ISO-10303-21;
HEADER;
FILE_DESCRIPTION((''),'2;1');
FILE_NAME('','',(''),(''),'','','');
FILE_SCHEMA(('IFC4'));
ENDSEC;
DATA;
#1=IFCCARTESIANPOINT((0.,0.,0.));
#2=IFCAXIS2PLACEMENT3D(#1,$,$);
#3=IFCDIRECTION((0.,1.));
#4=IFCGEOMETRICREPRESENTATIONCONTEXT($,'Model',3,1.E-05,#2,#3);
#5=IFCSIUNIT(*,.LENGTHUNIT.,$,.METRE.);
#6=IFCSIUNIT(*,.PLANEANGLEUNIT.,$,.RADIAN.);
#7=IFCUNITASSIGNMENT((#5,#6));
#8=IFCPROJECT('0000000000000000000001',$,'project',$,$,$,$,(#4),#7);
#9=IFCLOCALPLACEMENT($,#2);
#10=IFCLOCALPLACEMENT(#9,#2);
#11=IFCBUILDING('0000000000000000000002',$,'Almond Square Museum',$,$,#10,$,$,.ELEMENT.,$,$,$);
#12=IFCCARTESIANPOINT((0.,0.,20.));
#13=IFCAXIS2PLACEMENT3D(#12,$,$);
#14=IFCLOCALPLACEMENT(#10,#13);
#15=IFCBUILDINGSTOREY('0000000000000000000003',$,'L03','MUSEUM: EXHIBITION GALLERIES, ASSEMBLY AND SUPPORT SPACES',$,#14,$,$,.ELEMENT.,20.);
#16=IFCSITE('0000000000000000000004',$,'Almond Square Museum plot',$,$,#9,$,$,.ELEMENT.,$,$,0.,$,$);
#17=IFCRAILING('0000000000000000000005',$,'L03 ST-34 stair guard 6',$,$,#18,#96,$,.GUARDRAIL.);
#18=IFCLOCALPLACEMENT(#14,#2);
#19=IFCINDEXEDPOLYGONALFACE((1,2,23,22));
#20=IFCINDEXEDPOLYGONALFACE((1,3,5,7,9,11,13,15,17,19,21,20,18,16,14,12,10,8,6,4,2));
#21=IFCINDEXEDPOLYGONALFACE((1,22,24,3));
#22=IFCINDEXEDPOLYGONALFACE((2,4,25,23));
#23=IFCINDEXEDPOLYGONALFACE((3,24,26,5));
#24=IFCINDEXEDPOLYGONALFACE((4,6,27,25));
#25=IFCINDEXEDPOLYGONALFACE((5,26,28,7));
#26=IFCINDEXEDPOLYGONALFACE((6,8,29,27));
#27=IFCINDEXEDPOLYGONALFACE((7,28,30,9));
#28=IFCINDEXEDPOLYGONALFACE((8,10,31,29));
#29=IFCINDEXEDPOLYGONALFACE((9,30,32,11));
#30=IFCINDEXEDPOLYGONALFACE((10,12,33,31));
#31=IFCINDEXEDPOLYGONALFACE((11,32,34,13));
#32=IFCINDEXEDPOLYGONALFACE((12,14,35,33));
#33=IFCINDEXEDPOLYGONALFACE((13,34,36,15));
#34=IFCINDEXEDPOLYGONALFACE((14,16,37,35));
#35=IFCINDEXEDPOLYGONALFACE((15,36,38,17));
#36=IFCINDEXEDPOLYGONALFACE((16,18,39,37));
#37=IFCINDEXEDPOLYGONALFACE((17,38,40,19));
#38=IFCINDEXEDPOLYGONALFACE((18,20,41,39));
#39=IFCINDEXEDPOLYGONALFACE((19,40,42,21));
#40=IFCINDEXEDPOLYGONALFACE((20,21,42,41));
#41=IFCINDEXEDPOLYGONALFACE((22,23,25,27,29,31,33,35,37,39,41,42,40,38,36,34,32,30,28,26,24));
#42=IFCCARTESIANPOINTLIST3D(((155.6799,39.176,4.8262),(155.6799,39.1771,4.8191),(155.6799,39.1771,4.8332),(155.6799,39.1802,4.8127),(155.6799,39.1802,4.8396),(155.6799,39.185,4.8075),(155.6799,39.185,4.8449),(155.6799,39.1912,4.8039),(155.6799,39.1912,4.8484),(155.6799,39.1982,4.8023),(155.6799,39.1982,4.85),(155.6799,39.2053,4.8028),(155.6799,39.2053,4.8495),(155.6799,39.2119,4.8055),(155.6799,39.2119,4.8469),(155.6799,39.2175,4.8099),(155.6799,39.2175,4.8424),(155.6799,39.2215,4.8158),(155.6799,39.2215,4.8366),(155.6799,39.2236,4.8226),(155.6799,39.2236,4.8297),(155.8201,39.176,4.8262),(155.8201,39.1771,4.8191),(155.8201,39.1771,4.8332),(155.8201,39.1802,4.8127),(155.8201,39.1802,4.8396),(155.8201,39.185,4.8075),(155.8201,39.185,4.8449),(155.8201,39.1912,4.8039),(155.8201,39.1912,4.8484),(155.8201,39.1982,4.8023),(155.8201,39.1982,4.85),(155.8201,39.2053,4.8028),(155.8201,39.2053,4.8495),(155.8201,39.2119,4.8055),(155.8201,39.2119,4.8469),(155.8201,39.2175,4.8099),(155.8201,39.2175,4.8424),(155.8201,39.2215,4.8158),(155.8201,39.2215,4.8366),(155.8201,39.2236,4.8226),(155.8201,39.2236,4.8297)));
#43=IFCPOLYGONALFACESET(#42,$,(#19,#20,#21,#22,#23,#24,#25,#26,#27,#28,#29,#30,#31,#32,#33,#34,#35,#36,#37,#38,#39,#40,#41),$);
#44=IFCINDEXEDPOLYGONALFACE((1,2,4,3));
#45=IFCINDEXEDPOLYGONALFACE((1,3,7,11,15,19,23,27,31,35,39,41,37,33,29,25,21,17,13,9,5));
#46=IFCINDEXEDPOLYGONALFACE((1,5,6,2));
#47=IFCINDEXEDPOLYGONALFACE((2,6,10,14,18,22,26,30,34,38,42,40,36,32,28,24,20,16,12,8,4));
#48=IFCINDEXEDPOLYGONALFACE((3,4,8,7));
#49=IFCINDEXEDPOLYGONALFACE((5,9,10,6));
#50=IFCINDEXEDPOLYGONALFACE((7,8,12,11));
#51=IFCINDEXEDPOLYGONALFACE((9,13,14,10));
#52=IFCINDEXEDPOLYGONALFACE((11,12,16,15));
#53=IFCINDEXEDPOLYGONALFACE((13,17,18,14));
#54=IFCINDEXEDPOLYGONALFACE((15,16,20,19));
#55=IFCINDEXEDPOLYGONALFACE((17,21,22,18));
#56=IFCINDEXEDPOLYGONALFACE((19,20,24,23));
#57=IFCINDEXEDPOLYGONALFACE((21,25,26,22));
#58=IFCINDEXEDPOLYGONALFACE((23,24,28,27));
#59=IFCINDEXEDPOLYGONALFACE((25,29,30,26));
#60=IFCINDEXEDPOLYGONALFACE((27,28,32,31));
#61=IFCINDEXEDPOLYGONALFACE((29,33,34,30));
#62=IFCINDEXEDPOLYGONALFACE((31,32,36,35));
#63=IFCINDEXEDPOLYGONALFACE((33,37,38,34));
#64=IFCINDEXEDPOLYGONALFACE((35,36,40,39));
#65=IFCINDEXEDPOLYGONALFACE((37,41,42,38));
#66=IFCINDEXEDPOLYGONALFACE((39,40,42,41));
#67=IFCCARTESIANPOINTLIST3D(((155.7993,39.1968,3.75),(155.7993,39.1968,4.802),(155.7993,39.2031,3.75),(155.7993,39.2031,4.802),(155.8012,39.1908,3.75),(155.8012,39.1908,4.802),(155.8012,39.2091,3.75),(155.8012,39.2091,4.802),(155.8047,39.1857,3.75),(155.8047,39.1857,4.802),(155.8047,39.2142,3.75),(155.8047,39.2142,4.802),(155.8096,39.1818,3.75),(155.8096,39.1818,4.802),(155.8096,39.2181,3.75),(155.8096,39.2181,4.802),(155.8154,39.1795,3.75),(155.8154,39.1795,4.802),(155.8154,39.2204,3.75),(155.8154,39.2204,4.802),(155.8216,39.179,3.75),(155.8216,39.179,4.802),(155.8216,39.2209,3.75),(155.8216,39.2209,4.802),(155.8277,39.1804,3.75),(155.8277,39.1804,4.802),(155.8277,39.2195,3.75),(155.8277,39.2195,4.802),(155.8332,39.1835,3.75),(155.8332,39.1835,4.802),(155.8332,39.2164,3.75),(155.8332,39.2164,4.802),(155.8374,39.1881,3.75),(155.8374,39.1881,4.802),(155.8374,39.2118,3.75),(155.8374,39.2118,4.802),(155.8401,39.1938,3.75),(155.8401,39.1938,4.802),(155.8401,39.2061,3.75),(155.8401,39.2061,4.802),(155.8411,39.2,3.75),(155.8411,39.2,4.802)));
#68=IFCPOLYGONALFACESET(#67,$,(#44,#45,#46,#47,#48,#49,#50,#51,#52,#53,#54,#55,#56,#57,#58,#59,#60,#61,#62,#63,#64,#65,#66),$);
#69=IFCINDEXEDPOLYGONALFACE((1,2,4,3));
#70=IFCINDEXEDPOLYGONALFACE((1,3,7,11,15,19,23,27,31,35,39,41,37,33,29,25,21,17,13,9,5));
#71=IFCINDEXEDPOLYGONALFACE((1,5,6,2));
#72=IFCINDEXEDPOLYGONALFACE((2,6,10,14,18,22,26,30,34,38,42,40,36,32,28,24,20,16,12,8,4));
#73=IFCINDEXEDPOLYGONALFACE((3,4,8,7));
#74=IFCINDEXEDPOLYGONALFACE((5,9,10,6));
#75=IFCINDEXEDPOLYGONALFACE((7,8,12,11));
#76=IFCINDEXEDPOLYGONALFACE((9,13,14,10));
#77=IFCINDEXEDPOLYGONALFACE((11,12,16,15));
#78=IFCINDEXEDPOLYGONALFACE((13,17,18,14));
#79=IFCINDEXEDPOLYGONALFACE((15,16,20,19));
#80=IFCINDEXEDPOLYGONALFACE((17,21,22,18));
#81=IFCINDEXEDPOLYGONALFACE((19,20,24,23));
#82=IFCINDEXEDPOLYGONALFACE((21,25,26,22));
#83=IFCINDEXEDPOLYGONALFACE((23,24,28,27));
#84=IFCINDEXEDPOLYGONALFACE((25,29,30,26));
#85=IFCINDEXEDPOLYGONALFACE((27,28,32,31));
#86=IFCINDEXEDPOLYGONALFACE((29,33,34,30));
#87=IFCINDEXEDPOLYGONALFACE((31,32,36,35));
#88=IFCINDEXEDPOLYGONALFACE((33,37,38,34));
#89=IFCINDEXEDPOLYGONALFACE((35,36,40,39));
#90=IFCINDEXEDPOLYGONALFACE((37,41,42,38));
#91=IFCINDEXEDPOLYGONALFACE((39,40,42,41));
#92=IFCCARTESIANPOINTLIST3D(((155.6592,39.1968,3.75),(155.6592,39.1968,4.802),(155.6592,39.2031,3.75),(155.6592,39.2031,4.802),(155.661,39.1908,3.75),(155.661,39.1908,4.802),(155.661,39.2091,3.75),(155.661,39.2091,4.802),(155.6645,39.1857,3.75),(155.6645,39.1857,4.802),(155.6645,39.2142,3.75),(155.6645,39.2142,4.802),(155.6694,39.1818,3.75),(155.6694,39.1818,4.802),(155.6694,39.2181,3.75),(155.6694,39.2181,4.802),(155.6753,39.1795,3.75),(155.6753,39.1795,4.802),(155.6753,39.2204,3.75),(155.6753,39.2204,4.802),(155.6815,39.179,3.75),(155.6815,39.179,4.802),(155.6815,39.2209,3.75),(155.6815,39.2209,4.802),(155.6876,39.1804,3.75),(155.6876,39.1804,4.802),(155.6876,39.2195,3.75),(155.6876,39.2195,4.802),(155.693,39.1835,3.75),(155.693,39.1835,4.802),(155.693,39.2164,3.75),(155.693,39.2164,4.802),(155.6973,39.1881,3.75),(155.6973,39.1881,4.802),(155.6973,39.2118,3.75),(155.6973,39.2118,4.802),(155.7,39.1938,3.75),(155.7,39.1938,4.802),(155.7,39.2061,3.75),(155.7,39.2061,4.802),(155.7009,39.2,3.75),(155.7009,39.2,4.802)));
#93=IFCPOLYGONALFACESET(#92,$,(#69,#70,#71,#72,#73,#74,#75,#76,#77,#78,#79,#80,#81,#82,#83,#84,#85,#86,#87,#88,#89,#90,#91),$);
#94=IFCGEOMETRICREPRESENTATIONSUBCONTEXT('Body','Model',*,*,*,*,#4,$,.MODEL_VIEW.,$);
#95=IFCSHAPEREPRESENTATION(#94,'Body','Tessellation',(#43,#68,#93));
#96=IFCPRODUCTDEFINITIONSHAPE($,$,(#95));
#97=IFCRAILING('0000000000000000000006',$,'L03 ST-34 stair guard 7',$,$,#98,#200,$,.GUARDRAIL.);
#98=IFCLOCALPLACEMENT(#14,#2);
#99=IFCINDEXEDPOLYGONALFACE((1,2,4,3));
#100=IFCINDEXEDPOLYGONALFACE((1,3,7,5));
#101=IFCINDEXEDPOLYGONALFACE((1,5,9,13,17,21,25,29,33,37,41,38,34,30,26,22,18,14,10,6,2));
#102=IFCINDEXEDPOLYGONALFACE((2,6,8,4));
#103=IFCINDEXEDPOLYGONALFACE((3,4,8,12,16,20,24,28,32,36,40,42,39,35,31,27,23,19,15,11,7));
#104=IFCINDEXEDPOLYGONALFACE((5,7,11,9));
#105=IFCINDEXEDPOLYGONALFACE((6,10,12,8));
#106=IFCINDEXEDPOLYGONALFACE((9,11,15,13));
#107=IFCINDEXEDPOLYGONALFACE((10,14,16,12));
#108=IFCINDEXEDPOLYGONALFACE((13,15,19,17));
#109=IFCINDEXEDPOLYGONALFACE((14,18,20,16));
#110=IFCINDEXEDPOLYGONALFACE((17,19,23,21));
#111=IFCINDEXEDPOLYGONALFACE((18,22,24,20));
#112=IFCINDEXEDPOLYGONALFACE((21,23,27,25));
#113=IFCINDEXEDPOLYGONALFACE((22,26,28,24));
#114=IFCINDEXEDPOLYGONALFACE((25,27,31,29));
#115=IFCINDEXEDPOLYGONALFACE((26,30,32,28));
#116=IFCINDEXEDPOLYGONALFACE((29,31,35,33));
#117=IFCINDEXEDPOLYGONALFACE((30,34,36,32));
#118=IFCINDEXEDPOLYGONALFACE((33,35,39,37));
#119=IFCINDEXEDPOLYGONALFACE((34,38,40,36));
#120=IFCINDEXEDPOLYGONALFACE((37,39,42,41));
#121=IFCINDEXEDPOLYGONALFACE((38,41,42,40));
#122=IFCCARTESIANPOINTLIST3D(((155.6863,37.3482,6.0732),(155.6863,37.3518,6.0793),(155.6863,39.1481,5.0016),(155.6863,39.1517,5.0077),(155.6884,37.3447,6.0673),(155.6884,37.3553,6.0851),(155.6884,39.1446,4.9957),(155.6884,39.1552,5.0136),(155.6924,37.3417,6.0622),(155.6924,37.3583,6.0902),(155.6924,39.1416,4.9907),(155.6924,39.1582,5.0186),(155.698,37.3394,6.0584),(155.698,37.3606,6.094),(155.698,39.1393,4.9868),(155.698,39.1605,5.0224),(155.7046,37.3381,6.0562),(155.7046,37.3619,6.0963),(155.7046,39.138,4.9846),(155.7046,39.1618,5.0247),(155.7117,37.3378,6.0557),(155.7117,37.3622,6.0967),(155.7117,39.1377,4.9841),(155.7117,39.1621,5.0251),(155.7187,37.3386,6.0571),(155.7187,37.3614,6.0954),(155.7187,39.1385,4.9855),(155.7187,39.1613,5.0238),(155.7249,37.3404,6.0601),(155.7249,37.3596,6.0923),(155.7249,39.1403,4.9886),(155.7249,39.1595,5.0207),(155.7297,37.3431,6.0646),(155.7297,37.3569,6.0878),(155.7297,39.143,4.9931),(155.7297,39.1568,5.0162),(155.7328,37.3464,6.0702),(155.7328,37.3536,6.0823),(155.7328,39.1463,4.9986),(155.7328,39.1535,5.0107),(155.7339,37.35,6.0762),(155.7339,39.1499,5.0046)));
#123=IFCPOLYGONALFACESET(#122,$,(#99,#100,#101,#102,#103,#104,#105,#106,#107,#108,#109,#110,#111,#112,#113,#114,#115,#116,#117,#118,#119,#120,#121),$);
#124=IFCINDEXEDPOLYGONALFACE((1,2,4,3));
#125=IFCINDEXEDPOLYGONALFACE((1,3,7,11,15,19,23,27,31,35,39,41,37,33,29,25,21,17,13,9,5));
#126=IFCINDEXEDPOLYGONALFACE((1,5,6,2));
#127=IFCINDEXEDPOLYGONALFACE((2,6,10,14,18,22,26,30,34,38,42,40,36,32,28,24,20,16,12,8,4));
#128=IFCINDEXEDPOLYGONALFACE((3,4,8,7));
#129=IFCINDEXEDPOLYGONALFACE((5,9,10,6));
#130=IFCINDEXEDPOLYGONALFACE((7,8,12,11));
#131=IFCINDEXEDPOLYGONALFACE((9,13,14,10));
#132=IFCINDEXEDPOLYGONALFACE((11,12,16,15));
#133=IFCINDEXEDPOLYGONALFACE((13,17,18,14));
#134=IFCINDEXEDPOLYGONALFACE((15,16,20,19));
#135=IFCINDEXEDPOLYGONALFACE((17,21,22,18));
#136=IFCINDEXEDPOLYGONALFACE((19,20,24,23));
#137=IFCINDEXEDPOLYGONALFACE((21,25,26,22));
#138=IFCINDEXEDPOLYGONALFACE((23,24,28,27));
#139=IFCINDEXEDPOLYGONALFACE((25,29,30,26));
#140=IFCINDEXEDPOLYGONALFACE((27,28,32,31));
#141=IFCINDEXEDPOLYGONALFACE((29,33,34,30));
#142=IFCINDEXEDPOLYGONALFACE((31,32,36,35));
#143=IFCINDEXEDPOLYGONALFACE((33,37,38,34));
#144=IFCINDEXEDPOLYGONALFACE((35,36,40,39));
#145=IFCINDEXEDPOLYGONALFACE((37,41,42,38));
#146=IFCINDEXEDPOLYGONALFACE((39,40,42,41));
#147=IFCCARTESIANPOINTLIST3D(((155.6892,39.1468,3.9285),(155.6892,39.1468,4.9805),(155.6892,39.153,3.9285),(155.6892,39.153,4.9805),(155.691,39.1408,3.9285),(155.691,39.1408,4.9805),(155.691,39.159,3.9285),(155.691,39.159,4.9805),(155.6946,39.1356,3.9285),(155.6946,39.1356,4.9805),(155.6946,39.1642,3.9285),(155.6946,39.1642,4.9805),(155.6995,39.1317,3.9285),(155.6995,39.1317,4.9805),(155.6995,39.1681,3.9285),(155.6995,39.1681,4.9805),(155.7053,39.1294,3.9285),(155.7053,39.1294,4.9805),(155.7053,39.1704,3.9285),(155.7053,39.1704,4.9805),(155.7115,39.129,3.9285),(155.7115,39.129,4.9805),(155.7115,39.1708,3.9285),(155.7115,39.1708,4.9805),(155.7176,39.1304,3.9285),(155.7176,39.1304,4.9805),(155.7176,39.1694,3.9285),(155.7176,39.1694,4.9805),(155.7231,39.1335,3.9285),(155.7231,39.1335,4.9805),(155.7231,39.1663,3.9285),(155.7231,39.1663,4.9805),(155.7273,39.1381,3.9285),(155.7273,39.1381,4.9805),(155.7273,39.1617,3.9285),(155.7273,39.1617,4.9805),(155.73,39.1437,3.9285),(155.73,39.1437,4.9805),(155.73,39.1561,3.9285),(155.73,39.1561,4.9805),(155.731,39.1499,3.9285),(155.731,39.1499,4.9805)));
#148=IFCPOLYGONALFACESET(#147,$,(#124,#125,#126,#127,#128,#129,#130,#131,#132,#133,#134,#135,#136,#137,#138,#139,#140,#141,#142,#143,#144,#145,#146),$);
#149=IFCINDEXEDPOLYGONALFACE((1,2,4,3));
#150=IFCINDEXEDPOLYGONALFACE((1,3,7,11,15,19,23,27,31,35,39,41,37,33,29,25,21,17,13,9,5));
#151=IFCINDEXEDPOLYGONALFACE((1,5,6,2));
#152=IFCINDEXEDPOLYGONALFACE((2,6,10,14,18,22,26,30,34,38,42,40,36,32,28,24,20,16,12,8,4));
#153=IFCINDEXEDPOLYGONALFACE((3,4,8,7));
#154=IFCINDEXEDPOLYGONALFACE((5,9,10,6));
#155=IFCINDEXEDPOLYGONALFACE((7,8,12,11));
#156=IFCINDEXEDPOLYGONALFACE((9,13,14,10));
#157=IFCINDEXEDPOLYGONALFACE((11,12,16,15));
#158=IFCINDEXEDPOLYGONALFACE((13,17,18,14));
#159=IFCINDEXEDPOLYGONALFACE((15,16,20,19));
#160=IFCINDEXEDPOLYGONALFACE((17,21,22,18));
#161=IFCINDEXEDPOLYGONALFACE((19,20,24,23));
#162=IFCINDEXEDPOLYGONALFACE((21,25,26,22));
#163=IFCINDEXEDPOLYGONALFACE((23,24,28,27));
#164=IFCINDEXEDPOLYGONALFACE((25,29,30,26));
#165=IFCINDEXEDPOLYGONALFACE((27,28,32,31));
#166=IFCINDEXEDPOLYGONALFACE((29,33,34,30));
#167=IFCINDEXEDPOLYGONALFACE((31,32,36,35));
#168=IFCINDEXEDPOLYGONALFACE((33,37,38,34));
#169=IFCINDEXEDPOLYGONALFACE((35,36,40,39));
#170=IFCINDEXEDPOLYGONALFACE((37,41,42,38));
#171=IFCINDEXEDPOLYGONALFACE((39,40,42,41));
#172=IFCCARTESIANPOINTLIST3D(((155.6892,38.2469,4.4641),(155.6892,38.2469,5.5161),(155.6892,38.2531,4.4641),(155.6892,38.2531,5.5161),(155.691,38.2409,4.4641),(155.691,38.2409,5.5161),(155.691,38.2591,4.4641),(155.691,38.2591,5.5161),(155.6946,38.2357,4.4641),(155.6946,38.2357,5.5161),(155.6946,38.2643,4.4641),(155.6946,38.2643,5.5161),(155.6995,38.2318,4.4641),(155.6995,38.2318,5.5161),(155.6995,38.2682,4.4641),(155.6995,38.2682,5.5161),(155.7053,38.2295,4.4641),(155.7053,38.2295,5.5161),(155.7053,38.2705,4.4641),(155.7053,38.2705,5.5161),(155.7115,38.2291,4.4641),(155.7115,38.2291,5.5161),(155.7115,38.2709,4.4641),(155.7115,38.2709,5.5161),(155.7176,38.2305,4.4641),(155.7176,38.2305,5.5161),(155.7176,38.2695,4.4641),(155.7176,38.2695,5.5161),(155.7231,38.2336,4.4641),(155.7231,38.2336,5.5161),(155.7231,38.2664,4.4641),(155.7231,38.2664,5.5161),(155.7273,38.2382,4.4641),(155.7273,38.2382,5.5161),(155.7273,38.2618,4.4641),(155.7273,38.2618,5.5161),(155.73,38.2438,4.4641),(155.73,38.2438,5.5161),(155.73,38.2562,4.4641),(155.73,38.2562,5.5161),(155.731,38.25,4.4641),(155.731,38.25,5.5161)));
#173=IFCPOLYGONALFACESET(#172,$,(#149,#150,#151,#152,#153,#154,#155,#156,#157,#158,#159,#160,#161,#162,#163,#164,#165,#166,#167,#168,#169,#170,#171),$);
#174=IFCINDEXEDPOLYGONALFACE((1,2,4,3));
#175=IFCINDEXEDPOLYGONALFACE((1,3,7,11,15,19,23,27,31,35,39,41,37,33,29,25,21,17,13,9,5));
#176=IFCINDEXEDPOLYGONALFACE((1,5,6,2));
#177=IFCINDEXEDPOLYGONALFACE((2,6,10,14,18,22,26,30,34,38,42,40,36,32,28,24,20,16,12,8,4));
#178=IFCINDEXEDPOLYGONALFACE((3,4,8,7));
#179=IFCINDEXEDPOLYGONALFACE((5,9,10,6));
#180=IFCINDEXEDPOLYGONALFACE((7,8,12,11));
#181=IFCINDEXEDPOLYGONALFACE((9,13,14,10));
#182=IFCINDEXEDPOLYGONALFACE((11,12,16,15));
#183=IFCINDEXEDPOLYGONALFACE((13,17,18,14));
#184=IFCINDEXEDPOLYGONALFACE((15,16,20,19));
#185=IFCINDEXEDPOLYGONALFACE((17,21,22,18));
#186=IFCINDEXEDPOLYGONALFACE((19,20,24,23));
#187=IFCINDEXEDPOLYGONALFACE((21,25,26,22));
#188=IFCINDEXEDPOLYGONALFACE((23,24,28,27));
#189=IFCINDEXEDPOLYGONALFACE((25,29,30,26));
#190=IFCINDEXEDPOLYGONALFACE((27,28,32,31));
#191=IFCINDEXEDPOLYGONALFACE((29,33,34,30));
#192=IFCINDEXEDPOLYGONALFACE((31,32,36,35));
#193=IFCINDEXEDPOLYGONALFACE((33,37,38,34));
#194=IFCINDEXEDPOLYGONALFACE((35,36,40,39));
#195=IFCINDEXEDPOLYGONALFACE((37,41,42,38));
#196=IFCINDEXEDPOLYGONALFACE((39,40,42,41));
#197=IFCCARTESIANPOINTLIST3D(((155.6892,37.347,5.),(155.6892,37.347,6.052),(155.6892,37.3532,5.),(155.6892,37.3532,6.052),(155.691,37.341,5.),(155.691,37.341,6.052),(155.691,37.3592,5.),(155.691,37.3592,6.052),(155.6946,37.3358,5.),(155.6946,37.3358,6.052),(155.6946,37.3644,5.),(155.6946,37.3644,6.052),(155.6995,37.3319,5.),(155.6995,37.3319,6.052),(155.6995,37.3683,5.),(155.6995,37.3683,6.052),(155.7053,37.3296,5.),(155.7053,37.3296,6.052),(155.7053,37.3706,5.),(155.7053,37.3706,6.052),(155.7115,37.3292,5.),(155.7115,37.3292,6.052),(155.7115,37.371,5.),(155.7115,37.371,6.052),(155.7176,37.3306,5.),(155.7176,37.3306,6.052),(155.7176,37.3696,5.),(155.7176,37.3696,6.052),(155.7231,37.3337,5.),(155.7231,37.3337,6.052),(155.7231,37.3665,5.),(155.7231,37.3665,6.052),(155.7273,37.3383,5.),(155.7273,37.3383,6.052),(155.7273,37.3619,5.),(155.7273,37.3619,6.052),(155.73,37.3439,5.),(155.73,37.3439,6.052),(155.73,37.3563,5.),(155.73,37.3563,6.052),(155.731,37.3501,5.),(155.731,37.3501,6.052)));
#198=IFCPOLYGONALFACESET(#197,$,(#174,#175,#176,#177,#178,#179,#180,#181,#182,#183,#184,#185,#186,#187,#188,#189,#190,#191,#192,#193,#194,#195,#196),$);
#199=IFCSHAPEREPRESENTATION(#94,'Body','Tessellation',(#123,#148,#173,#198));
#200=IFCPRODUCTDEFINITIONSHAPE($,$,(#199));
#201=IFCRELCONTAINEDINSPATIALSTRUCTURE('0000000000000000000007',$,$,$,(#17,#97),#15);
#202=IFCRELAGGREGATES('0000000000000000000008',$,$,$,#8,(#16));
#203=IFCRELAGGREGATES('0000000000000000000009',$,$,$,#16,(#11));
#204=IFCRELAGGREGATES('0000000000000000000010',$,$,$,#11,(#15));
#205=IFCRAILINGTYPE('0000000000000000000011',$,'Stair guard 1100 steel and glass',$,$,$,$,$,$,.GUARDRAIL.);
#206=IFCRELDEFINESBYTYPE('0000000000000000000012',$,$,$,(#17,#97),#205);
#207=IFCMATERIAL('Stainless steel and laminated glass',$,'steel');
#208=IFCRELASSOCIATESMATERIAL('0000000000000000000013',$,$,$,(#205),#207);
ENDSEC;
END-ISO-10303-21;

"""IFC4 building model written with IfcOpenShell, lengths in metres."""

from ifc_helpers import new_model, si_unit, direction, frame, origin, origin_2d, place, context, subcontext, project, spatial, circle, extrude, material, type_object, element, save


model = new_model("IFC4")

# Units and contexts
model_context = context("Model", 3, precision=1e-05, world=origin(), true_north=direction((0.0, 1.0)))
body_context = subcontext(model_context, "Body", "Model", "MODEL_VIEW")
ifc_project = project(units=[si_unit("LENGTHUNIT", "METRE"), si_unit("PLANEANGLEUNIT", "RADIAN")], contexts=[model_context])

# Site, building, storey
site_placement = place(None, origin())
site = spatial("IfcSite", under=ifc_project, at=site_placement, Name="Almond Square Museum plot", CompositionType="ELEMENT", RefElevation=0.0)
building_placement = place(site_placement, origin())
building = spatial("IfcBuilding", under=site, at=building_placement, Name="Almond Square Museum", CompositionType="ELEMENT")
storey_placement = place(building_placement, frame((0.0, 0.0, 20.0)))
storey = spatial("IfcBuildingStorey", under=building, at=storey_placement, Name="L03", Description="MUSEUM: EXHIBITION GALLERIES, ASSEMBLY AND SUPPORT SPACES", CompositionType="ELEMENT", Elevation=20.0)

# Railings
ifc_material_1 = material(Name="Stainless steel and laminated glass", Category="steel")
railing_type_1 = type_object("IfcRailingType", Name="Stair guard 1100 steel and glass", PredefinedType="GUARDRAIL", material=ifc_material_1)
railing_1_placement = place(storey_placement, frame((155.8201, 39.2, 3.75)))
element("IfcRailing", 1, at=railing_1_placement, inside=storey, type_object=railing_type_1, Name="L03 ST-34 stair guard 6", PredefinedType="GUARDRAIL", context=body_context, shape_type="SweptSolid", body=[
    extrude(circle(Radius=0.0239, at=origin_2d()), frame((0.0, 0.0, 1.0762), z_axis=(-1.0, 0.0, 0.0), x_axis=(0.0, -1.0, 0.0)), (0.0, 0.0, 1.0), 0.1401),
    extrude(circle(Radius=0.021, at=origin_2d()), origin(), (0.0, 0.0, 1.0), 1.052),
    extrude(circle(Radius=0.021, at=origin_2d()), frame((-0.1401, 0.0, 0.0)), (0.0, 0.0, 1.0), 1.052),
])
railing_2_placement = place(storey_placement, frame((155.71, 39.1499, 3.9285)))
element("IfcRailing", 2, at=railing_2_placement, inside=storey, type_object=railing_type_1, Name="L03 ST-34 stair guard 7", PredefinedType="GUARDRAIL", context=body_context, shape_type="SweptSolid", body=[
    extrude(circle(Radius=0.0239, at=origin_2d()), frame((0.0, 0.0, 1.0762), z_axis=(0.0, -0.859247, 0.511562), x_axis=(1.0, 0.0, 0.0)), (0.0, 0.0, 1.0), 2.0947),
    extrude(circle(Radius=0.021, at=origin_2d()), origin(), (0.0, 0.0, 1.0), 1.052),
    extrude(circle(Radius=0.021, at=origin_2d()), frame((0.0, -0.8999, 0.5356)), (0.0, 0.0, 1.0), 1.052),
    extrude(circle(Radius=0.021, at=origin_2d()), frame((0.0, -1.7998, 1.0715)), (0.0, 0.0, 1.0), 1.052),
])

save(model, "model.ifc")
